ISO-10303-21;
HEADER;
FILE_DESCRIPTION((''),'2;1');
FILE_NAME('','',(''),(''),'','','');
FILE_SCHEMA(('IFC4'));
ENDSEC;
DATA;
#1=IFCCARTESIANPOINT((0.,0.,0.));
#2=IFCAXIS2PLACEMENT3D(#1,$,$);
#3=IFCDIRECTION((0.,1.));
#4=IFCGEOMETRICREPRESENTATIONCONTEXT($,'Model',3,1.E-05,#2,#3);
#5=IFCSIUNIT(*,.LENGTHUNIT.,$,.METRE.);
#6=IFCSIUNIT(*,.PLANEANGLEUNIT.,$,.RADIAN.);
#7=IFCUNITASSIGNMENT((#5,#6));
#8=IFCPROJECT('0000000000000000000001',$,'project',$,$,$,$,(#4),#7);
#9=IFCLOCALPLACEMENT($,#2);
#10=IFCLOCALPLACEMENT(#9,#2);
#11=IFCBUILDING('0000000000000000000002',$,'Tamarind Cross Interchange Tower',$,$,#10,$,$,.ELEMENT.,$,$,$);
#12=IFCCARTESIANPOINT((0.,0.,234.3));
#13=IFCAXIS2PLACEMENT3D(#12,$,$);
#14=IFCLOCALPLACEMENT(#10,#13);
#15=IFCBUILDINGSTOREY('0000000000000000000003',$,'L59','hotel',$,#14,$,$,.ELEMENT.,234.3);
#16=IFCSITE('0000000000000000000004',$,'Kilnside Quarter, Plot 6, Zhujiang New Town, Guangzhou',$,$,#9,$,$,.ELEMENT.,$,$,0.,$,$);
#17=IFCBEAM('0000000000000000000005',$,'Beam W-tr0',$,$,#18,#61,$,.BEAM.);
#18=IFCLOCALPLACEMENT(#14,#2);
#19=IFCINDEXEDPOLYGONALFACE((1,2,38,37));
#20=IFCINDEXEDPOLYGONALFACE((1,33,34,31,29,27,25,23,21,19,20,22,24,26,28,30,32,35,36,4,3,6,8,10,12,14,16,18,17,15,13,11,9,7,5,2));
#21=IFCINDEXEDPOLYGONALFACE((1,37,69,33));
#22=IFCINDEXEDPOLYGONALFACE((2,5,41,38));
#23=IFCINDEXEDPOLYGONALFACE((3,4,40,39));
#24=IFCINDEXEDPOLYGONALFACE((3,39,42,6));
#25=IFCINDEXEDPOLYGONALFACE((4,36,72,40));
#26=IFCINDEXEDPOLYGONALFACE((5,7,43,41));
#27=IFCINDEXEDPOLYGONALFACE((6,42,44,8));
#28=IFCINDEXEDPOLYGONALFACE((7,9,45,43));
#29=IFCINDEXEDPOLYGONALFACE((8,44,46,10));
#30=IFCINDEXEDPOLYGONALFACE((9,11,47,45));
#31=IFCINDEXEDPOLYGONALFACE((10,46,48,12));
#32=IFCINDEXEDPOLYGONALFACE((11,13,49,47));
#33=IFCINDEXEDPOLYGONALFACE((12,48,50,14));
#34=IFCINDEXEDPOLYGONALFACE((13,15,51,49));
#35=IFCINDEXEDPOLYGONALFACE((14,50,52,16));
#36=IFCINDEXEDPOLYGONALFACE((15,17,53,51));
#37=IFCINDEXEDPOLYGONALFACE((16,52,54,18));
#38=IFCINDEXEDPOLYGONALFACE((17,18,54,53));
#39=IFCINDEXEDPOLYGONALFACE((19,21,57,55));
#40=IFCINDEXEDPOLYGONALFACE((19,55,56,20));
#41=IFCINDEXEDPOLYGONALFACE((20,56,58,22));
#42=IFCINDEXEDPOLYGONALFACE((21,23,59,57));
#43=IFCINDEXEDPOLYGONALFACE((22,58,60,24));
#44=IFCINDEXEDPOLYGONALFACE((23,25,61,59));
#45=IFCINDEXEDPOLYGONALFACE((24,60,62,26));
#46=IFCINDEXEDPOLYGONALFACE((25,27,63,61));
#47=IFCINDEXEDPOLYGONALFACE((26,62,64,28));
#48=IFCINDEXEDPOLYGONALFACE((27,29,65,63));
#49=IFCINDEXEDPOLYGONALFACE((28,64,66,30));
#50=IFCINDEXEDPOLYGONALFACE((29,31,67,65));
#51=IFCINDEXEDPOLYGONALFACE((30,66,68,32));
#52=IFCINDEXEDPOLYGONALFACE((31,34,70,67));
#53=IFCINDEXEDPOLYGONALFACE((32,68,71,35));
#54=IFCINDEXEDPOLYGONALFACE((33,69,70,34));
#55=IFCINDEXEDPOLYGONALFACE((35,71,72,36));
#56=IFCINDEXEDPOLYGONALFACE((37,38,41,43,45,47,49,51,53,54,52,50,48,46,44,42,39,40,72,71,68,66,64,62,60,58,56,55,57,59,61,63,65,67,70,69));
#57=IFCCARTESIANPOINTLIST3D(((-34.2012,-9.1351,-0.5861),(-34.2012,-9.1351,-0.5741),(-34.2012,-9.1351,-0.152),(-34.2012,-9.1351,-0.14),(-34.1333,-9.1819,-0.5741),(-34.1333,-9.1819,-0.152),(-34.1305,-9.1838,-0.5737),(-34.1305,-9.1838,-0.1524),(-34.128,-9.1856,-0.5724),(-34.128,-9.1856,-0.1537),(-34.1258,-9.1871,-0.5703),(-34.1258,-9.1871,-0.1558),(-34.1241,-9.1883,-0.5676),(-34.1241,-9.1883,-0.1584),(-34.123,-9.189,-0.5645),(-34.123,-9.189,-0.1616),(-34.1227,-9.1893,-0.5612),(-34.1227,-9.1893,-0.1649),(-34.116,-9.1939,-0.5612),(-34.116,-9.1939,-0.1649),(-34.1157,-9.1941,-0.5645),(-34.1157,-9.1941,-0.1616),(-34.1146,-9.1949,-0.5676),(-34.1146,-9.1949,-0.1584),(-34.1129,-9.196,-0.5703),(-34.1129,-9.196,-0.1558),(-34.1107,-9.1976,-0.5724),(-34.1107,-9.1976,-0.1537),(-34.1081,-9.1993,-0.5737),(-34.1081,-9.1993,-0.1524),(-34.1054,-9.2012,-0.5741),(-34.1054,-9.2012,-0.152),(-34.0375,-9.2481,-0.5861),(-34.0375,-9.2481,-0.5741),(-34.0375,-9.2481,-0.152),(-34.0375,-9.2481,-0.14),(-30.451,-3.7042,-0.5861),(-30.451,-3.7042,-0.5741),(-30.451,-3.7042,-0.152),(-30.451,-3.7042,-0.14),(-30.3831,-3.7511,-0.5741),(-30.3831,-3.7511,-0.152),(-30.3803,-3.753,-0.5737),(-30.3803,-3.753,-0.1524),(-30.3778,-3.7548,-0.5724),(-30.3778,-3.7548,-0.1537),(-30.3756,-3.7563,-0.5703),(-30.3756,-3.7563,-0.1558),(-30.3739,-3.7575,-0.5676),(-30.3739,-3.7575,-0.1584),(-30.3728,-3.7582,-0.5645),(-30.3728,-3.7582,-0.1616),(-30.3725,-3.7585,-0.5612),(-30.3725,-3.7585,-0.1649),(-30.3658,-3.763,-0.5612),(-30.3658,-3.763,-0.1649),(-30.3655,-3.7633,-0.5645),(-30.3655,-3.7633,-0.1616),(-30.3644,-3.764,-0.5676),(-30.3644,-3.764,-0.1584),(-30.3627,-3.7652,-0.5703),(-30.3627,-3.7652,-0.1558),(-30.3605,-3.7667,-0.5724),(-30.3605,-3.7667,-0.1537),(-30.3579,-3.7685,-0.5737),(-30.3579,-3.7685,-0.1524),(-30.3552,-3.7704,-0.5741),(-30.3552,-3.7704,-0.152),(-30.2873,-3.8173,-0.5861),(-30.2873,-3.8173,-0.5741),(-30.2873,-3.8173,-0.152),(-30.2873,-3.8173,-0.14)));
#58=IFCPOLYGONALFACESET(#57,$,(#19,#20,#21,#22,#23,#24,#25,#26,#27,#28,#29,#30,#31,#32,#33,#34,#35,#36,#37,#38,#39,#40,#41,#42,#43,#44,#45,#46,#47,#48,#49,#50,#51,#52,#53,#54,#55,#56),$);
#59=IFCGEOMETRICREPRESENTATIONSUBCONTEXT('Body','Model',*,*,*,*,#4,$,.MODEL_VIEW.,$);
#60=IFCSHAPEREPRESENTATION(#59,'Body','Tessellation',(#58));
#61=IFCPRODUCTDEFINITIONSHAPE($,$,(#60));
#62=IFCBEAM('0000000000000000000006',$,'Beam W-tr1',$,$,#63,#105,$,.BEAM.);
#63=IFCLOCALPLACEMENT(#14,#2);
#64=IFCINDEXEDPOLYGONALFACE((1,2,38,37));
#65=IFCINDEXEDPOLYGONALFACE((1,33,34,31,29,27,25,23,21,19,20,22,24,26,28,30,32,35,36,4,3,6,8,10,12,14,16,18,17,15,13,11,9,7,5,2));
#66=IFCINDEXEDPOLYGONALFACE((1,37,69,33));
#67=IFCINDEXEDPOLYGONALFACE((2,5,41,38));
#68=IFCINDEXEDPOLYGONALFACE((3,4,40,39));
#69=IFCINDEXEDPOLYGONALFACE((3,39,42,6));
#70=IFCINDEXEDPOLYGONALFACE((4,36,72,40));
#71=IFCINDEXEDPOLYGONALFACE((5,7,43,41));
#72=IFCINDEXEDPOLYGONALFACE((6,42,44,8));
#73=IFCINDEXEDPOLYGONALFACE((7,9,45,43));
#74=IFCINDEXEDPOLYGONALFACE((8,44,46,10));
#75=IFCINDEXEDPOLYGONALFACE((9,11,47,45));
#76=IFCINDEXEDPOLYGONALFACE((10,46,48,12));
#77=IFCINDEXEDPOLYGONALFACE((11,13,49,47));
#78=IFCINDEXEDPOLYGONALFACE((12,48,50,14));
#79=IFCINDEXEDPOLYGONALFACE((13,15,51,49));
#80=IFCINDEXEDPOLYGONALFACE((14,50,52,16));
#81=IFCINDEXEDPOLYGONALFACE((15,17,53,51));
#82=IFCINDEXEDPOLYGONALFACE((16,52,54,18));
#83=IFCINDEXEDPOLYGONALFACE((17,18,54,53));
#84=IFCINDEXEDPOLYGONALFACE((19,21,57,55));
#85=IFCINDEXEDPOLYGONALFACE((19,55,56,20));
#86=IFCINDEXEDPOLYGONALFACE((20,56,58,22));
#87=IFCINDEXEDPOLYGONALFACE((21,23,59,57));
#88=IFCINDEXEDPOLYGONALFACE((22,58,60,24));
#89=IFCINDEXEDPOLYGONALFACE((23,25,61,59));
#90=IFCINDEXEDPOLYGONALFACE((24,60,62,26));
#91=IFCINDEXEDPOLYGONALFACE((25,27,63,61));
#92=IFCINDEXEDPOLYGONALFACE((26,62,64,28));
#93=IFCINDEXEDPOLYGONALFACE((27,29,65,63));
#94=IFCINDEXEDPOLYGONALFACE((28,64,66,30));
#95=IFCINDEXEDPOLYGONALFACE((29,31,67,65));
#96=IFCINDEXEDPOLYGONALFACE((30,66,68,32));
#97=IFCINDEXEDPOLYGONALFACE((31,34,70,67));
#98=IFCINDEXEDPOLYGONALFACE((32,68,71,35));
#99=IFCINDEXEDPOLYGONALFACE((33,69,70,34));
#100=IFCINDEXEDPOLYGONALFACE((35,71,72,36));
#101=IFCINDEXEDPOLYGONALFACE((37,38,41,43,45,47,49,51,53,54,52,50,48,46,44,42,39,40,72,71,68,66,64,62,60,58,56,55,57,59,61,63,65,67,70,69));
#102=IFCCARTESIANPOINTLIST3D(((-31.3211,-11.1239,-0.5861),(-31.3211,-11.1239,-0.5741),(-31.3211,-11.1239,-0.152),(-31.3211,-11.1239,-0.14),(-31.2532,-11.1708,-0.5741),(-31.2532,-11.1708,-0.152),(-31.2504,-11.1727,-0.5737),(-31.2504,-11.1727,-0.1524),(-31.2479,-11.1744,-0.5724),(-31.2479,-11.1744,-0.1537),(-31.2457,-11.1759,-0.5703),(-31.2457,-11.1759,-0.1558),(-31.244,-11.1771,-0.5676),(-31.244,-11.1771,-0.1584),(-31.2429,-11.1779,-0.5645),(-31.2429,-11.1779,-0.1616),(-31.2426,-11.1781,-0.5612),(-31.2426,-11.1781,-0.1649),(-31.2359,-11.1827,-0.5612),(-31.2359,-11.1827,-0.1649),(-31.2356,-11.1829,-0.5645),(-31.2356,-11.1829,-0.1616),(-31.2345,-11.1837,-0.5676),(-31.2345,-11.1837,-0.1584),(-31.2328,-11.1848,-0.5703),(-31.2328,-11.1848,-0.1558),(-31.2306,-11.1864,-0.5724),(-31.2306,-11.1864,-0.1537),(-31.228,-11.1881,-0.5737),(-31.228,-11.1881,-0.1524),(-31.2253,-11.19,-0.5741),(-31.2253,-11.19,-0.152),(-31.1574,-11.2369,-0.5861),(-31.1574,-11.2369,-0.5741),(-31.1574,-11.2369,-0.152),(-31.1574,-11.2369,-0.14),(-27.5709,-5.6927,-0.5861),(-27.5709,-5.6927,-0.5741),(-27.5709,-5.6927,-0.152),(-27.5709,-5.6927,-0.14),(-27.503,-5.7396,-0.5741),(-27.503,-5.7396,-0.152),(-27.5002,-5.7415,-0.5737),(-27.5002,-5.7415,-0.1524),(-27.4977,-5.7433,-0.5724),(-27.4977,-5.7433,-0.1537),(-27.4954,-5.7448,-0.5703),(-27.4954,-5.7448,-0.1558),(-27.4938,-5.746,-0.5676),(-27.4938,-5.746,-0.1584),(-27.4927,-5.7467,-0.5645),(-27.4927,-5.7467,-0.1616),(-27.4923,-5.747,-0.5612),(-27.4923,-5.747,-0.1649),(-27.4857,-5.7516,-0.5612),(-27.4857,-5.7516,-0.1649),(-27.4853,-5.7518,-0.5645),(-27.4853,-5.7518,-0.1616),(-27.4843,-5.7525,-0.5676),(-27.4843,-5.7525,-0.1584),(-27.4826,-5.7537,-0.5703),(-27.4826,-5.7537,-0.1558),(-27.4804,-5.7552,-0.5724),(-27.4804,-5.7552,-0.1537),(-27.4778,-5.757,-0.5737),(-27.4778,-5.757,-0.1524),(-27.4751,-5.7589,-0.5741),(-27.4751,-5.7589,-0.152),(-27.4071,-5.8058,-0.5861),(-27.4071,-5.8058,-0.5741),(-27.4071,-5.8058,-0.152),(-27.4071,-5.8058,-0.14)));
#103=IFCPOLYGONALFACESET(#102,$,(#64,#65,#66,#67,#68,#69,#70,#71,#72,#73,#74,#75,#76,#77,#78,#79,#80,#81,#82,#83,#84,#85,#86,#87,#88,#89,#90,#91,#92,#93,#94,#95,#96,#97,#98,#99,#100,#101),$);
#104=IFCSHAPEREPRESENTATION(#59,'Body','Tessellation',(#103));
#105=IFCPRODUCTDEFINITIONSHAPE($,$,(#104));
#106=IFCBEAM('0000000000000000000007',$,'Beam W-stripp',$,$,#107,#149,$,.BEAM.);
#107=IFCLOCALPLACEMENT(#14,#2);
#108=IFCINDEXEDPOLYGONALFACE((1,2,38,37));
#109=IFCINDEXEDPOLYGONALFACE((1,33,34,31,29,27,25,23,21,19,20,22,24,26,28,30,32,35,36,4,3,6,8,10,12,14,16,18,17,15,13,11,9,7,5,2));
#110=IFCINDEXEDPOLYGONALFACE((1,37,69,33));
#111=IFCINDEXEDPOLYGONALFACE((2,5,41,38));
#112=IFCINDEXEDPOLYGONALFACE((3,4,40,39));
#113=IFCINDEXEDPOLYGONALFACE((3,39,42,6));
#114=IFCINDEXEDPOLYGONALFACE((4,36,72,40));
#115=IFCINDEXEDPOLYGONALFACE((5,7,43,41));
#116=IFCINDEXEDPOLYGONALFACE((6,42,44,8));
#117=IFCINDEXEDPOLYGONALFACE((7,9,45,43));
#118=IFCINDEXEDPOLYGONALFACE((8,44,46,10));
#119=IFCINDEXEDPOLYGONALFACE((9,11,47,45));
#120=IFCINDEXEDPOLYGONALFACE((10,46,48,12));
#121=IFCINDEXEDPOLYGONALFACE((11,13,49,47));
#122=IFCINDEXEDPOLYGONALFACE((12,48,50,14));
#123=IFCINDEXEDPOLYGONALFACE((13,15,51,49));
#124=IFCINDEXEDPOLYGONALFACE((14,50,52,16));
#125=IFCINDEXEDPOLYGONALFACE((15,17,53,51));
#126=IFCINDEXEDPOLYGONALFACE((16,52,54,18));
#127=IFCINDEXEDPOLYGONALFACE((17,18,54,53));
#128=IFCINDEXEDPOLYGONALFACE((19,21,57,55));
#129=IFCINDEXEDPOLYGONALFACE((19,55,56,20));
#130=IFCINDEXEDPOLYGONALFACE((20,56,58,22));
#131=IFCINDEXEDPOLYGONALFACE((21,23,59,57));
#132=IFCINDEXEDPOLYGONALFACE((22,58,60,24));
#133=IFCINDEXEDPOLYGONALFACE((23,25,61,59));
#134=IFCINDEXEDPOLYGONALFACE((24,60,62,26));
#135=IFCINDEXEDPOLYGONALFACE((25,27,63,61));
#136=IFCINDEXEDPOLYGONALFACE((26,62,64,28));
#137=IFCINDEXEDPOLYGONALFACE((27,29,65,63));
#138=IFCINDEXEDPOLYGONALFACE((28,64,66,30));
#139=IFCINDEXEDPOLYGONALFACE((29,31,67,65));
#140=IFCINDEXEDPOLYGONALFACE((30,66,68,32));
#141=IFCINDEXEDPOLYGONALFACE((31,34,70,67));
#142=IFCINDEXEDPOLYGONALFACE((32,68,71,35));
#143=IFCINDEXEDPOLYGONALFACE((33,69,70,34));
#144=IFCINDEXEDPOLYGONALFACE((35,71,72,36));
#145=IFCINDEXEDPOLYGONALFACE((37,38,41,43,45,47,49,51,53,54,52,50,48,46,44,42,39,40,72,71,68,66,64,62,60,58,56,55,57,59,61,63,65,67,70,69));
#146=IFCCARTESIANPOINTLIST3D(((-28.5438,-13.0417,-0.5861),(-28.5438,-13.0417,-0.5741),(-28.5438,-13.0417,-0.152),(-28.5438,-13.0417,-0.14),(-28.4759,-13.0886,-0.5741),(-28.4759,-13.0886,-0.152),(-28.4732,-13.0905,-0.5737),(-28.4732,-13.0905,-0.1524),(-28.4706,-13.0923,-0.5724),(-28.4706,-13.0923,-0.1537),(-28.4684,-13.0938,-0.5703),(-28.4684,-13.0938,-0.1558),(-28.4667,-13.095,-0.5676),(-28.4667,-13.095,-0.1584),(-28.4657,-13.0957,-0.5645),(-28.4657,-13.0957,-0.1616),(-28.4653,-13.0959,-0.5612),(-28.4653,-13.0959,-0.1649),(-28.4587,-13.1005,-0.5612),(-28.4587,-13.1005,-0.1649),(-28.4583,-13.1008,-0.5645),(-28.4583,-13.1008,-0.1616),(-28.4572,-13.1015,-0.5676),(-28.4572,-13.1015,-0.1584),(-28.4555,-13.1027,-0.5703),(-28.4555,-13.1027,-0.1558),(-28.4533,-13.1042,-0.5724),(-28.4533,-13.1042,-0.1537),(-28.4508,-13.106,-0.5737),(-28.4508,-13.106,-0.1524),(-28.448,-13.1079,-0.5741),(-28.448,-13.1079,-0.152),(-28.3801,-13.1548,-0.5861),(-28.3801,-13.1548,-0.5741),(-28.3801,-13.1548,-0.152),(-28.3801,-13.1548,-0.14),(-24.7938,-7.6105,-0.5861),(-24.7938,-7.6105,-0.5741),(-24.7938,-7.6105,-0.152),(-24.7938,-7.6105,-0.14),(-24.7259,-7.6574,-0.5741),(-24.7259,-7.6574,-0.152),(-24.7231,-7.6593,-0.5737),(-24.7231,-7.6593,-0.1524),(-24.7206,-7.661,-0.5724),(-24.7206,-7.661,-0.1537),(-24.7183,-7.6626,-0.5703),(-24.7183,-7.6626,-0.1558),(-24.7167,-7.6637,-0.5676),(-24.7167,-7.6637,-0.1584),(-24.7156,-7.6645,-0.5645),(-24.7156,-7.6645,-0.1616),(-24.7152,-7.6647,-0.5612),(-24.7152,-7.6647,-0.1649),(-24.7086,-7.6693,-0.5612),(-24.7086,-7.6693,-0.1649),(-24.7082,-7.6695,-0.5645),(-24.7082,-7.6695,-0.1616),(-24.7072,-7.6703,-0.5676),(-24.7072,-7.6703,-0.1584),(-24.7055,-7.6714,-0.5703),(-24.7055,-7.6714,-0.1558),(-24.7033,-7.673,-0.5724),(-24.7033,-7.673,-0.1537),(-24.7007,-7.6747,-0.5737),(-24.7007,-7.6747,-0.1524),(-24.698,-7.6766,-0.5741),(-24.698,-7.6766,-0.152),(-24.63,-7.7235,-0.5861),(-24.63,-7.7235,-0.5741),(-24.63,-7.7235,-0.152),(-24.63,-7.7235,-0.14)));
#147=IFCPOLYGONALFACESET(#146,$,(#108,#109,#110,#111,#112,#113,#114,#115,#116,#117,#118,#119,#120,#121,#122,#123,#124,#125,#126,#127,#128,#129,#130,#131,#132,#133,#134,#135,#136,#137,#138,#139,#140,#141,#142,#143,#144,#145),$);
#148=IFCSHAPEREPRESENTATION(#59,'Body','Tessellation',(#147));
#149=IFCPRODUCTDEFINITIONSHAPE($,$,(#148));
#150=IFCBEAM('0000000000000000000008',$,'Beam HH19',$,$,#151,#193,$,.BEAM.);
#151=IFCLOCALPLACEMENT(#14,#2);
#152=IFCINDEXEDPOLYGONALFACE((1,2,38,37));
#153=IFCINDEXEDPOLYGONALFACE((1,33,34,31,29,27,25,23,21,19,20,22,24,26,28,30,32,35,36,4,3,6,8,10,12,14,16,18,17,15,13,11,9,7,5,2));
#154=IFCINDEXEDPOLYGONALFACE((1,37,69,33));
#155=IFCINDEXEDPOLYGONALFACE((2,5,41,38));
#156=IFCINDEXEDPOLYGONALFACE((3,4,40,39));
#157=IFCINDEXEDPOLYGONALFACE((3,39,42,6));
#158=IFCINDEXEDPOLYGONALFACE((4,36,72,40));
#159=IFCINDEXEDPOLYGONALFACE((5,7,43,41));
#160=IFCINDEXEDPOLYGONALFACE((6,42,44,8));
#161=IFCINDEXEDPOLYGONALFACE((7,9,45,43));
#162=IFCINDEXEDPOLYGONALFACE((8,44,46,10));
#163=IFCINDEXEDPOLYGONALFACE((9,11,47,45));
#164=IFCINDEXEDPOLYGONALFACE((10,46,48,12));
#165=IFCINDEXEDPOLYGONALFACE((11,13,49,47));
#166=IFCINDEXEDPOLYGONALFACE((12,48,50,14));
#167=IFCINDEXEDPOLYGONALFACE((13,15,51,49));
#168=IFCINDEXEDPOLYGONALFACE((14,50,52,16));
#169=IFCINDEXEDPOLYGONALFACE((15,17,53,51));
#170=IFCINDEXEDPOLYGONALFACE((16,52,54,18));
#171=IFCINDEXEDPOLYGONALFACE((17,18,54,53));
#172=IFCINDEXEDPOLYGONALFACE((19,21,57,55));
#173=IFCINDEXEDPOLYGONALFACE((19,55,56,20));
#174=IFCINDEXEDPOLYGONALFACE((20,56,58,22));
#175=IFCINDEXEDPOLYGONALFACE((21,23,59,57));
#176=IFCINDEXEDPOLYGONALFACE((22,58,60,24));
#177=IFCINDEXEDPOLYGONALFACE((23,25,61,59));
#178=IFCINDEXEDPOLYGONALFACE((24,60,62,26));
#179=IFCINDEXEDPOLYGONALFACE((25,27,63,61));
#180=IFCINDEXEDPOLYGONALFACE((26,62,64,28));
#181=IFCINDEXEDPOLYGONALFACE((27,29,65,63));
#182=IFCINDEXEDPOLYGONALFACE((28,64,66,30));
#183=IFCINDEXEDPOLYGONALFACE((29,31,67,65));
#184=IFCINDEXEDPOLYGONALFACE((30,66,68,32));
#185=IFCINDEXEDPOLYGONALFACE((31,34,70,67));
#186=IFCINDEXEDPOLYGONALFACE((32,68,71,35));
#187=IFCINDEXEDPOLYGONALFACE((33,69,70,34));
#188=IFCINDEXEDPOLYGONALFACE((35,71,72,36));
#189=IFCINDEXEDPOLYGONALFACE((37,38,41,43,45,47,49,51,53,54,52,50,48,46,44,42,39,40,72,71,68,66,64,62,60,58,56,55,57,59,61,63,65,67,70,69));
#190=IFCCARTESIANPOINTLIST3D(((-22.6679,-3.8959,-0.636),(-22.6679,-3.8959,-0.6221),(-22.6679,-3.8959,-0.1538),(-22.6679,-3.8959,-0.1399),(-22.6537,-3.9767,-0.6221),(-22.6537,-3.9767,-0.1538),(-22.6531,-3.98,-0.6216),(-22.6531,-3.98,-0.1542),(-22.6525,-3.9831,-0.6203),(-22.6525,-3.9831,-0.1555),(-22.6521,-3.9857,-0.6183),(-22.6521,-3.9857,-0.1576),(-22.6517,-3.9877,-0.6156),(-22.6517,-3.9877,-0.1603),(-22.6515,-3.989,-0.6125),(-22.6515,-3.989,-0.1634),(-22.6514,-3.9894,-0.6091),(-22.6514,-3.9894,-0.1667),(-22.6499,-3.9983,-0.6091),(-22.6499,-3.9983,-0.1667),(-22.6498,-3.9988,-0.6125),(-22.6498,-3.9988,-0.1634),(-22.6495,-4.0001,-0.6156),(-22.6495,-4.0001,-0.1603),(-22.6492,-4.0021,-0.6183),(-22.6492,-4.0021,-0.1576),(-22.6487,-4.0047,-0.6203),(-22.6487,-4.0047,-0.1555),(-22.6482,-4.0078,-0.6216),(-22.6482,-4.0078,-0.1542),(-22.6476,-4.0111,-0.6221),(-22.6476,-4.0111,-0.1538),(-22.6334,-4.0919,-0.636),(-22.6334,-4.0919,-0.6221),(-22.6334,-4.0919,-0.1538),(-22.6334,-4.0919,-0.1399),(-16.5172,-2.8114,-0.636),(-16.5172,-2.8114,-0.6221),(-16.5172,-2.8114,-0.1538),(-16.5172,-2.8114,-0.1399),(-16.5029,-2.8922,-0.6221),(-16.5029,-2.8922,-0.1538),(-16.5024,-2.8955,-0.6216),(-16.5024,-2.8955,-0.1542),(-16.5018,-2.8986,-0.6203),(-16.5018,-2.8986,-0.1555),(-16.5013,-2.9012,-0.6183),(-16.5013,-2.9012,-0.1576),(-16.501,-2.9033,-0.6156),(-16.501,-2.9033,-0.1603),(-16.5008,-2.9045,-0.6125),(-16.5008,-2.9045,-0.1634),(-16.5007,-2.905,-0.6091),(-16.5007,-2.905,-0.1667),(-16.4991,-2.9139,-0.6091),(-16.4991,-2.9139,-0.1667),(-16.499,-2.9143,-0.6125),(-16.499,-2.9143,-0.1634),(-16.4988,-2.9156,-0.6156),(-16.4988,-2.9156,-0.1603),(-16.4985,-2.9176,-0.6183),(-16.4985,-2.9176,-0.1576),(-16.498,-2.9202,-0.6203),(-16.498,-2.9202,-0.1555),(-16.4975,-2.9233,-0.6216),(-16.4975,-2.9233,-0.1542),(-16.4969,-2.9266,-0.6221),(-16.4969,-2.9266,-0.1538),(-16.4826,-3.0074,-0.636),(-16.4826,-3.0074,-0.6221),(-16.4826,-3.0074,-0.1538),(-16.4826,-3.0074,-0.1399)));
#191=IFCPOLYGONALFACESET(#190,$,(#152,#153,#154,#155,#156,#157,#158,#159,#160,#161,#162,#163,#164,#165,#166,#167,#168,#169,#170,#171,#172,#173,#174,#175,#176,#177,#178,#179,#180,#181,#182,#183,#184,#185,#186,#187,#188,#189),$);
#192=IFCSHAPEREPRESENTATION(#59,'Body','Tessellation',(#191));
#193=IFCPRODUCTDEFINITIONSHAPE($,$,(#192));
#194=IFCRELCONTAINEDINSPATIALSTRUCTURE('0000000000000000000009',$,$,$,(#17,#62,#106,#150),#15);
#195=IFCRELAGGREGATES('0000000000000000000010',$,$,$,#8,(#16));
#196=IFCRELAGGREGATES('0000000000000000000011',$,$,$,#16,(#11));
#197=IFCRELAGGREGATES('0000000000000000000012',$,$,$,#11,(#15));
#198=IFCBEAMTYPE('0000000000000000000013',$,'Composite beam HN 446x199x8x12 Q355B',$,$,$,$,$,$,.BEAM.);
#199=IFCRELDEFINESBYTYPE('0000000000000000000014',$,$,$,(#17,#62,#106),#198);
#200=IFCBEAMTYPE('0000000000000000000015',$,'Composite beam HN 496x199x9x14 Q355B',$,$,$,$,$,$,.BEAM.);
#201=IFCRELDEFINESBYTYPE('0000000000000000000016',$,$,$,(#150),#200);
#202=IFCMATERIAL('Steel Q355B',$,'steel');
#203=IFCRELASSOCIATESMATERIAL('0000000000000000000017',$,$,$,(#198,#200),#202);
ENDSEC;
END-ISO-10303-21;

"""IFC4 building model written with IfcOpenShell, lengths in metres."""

from ifc_helpers import new_model, si_unit, direction, frame, origin, origin_2d, place, context, subcontext, project, spatial, i_section, extrude, material, material_profile, profile_set, type_object, element, save


model = new_model("IFC4")

# Units and contexts
model_context = context("Model", 3, precision=1e-05, world=origin(), true_north=direction((0.0, 1.0)))
body_context = subcontext(model_context, "Body", "Model", "MODEL_VIEW")
ifc_project = project(units=[si_unit("LENGTHUNIT", "METRE"), si_unit("PLANEANGLEUNIT", "RADIAN")], contexts=[model_context])

# Site, building, storey
site_placement = place(None, origin())
site = spatial("IfcSite", under=ifc_project, at=site_placement, Name="Kilnside Quarter, Plot 6, Zhujiang New Town, Guangzhou", CompositionType="ELEMENT", RefElevation=0.0)
building_placement = place(site_placement, origin())
building = spatial("IfcBuilding", under=site, at=building_placement, Name="Tamarind Cross Interchange Tower", CompositionType="ELEMENT")
storey_placement = place(building_placement, frame((0.0, 0.0, 234.3)))
storey = spatial("IfcBuildingStorey", under=building, at=storey_placement, Name="L59", Description="hotel", CompositionType="ELEMENT", Elevation=234.3)

# Beams
ifc_material_1 = material(Name="Steel Q355B", Category="steel")
ifc_material_profile_1 = material_profile(ifc_material_1, i_section(OverallWidth=0.199, OverallDepth=0.446, WebThickness=0.0081, FlangeThickness=0.012, FilletRadius=0.0129, at=origin_2d()), Name="HN 446x199x8x12")
ifc_profile_set_1 = profile_set([ifc_material_profile_1], Name="Steel Q355B")
beam_type_1 = type_object("IfcBeamType", Name="Composite beam HN 446x199x8x12 Q355B", PredefinedType="BEAM", material=ifc_profile_set_1)
beam_1_placement = place(storey_placement, frame((-30.3691, -3.7607, -0.363), z_axis=(-0.568225, -0.822873, 0.0), x_axis=(0.822873, -0.568225, 0.0)))
element("IfcBeam", 1, at=beam_1_placement, inside=storey, type_object=beam_type_1, Name="Beam W-tr0", PredefinedType="BEAM", context=body_context, shape_type="SweptSolid", body=[
    extrude(i_section(OverallWidth=0.199, OverallDepth=0.446, WebThickness=0.0081, FlangeThickness=0.012, FilletRadius=0.0129, at=origin_2d()), origin(), (0.0, 0.0, 1.0), 6.5999),
])
for number, where, z_axis, x_axis, name in (
    (2, (-27.489, -5.7493, -0.363), (-0.568207, -0.822885, 0.0), (0.822885, -0.568207, 0.0), "Beam W-tr1"),
    (3, (-24.7119, -7.667, -0.363), (-0.568182, -0.822903, 0.0), (0.822903, -0.568182, 0.0), "Beam W-stripp"),
):
    element("IfcBeam", number, at=place(storey_placement, frame(where, z_axis=z_axis, x_axis=x_axis)), inside=storey, type_object=beam_type_1, Name=name, PredefinedType="BEAM", context=body_context, shape_type="SweptSolid", body=[
        extrude(i_section(OverallWidth=0.199, OverallDepth=0.446, WebThickness=0.0081, FlangeThickness=0.012, FilletRadius=0.0129, at=origin_2d()), origin(), (0.0, 0.0, 1.0), 6.6001),
    ])
ifc_material_profile_2 = material_profile(ifc_material_1, i_section(OverallWidth=0.199, OverallDepth=0.4961, WebThickness=0.009, FlangeThickness=0.0139, FilletRadius=0.0129, at=origin_2d()), Name="HN 496x199x9x14")
ifc_profile_set_2 = profile_set([ifc_material_profile_2], Name="Steel Q355B")
beam_type_2 = type_object("IfcBeamType", Name="Composite beam HN 496x199x9x14 Q355B", PredefinedType="BEAM", material=ifc_profile_set_2)
beam_2_placement = place(storey_placement, frame((-22.6506, -3.9939, -0.3879), z_axis=(0.984809, 0.17364, 0.0), x_axis=(-0.17364, 0.984809, 0.0)))
element("IfcBeam", 4, at=beam_2_placement, inside=storey, type_object=beam_type_2, Name="Beam HH19", PredefinedType="BEAM", context=body_context, shape_type="SweptSolid", body=[
    extrude(i_section(OverallWidth=0.199, OverallDepth=0.4961, WebThickness=0.009, FlangeThickness=0.0139, FilletRadius=0.0129, at=origin_2d()), origin(), (0.0, 0.0, 1.0), 6.2456),
])

save(model, "model.ifc")
